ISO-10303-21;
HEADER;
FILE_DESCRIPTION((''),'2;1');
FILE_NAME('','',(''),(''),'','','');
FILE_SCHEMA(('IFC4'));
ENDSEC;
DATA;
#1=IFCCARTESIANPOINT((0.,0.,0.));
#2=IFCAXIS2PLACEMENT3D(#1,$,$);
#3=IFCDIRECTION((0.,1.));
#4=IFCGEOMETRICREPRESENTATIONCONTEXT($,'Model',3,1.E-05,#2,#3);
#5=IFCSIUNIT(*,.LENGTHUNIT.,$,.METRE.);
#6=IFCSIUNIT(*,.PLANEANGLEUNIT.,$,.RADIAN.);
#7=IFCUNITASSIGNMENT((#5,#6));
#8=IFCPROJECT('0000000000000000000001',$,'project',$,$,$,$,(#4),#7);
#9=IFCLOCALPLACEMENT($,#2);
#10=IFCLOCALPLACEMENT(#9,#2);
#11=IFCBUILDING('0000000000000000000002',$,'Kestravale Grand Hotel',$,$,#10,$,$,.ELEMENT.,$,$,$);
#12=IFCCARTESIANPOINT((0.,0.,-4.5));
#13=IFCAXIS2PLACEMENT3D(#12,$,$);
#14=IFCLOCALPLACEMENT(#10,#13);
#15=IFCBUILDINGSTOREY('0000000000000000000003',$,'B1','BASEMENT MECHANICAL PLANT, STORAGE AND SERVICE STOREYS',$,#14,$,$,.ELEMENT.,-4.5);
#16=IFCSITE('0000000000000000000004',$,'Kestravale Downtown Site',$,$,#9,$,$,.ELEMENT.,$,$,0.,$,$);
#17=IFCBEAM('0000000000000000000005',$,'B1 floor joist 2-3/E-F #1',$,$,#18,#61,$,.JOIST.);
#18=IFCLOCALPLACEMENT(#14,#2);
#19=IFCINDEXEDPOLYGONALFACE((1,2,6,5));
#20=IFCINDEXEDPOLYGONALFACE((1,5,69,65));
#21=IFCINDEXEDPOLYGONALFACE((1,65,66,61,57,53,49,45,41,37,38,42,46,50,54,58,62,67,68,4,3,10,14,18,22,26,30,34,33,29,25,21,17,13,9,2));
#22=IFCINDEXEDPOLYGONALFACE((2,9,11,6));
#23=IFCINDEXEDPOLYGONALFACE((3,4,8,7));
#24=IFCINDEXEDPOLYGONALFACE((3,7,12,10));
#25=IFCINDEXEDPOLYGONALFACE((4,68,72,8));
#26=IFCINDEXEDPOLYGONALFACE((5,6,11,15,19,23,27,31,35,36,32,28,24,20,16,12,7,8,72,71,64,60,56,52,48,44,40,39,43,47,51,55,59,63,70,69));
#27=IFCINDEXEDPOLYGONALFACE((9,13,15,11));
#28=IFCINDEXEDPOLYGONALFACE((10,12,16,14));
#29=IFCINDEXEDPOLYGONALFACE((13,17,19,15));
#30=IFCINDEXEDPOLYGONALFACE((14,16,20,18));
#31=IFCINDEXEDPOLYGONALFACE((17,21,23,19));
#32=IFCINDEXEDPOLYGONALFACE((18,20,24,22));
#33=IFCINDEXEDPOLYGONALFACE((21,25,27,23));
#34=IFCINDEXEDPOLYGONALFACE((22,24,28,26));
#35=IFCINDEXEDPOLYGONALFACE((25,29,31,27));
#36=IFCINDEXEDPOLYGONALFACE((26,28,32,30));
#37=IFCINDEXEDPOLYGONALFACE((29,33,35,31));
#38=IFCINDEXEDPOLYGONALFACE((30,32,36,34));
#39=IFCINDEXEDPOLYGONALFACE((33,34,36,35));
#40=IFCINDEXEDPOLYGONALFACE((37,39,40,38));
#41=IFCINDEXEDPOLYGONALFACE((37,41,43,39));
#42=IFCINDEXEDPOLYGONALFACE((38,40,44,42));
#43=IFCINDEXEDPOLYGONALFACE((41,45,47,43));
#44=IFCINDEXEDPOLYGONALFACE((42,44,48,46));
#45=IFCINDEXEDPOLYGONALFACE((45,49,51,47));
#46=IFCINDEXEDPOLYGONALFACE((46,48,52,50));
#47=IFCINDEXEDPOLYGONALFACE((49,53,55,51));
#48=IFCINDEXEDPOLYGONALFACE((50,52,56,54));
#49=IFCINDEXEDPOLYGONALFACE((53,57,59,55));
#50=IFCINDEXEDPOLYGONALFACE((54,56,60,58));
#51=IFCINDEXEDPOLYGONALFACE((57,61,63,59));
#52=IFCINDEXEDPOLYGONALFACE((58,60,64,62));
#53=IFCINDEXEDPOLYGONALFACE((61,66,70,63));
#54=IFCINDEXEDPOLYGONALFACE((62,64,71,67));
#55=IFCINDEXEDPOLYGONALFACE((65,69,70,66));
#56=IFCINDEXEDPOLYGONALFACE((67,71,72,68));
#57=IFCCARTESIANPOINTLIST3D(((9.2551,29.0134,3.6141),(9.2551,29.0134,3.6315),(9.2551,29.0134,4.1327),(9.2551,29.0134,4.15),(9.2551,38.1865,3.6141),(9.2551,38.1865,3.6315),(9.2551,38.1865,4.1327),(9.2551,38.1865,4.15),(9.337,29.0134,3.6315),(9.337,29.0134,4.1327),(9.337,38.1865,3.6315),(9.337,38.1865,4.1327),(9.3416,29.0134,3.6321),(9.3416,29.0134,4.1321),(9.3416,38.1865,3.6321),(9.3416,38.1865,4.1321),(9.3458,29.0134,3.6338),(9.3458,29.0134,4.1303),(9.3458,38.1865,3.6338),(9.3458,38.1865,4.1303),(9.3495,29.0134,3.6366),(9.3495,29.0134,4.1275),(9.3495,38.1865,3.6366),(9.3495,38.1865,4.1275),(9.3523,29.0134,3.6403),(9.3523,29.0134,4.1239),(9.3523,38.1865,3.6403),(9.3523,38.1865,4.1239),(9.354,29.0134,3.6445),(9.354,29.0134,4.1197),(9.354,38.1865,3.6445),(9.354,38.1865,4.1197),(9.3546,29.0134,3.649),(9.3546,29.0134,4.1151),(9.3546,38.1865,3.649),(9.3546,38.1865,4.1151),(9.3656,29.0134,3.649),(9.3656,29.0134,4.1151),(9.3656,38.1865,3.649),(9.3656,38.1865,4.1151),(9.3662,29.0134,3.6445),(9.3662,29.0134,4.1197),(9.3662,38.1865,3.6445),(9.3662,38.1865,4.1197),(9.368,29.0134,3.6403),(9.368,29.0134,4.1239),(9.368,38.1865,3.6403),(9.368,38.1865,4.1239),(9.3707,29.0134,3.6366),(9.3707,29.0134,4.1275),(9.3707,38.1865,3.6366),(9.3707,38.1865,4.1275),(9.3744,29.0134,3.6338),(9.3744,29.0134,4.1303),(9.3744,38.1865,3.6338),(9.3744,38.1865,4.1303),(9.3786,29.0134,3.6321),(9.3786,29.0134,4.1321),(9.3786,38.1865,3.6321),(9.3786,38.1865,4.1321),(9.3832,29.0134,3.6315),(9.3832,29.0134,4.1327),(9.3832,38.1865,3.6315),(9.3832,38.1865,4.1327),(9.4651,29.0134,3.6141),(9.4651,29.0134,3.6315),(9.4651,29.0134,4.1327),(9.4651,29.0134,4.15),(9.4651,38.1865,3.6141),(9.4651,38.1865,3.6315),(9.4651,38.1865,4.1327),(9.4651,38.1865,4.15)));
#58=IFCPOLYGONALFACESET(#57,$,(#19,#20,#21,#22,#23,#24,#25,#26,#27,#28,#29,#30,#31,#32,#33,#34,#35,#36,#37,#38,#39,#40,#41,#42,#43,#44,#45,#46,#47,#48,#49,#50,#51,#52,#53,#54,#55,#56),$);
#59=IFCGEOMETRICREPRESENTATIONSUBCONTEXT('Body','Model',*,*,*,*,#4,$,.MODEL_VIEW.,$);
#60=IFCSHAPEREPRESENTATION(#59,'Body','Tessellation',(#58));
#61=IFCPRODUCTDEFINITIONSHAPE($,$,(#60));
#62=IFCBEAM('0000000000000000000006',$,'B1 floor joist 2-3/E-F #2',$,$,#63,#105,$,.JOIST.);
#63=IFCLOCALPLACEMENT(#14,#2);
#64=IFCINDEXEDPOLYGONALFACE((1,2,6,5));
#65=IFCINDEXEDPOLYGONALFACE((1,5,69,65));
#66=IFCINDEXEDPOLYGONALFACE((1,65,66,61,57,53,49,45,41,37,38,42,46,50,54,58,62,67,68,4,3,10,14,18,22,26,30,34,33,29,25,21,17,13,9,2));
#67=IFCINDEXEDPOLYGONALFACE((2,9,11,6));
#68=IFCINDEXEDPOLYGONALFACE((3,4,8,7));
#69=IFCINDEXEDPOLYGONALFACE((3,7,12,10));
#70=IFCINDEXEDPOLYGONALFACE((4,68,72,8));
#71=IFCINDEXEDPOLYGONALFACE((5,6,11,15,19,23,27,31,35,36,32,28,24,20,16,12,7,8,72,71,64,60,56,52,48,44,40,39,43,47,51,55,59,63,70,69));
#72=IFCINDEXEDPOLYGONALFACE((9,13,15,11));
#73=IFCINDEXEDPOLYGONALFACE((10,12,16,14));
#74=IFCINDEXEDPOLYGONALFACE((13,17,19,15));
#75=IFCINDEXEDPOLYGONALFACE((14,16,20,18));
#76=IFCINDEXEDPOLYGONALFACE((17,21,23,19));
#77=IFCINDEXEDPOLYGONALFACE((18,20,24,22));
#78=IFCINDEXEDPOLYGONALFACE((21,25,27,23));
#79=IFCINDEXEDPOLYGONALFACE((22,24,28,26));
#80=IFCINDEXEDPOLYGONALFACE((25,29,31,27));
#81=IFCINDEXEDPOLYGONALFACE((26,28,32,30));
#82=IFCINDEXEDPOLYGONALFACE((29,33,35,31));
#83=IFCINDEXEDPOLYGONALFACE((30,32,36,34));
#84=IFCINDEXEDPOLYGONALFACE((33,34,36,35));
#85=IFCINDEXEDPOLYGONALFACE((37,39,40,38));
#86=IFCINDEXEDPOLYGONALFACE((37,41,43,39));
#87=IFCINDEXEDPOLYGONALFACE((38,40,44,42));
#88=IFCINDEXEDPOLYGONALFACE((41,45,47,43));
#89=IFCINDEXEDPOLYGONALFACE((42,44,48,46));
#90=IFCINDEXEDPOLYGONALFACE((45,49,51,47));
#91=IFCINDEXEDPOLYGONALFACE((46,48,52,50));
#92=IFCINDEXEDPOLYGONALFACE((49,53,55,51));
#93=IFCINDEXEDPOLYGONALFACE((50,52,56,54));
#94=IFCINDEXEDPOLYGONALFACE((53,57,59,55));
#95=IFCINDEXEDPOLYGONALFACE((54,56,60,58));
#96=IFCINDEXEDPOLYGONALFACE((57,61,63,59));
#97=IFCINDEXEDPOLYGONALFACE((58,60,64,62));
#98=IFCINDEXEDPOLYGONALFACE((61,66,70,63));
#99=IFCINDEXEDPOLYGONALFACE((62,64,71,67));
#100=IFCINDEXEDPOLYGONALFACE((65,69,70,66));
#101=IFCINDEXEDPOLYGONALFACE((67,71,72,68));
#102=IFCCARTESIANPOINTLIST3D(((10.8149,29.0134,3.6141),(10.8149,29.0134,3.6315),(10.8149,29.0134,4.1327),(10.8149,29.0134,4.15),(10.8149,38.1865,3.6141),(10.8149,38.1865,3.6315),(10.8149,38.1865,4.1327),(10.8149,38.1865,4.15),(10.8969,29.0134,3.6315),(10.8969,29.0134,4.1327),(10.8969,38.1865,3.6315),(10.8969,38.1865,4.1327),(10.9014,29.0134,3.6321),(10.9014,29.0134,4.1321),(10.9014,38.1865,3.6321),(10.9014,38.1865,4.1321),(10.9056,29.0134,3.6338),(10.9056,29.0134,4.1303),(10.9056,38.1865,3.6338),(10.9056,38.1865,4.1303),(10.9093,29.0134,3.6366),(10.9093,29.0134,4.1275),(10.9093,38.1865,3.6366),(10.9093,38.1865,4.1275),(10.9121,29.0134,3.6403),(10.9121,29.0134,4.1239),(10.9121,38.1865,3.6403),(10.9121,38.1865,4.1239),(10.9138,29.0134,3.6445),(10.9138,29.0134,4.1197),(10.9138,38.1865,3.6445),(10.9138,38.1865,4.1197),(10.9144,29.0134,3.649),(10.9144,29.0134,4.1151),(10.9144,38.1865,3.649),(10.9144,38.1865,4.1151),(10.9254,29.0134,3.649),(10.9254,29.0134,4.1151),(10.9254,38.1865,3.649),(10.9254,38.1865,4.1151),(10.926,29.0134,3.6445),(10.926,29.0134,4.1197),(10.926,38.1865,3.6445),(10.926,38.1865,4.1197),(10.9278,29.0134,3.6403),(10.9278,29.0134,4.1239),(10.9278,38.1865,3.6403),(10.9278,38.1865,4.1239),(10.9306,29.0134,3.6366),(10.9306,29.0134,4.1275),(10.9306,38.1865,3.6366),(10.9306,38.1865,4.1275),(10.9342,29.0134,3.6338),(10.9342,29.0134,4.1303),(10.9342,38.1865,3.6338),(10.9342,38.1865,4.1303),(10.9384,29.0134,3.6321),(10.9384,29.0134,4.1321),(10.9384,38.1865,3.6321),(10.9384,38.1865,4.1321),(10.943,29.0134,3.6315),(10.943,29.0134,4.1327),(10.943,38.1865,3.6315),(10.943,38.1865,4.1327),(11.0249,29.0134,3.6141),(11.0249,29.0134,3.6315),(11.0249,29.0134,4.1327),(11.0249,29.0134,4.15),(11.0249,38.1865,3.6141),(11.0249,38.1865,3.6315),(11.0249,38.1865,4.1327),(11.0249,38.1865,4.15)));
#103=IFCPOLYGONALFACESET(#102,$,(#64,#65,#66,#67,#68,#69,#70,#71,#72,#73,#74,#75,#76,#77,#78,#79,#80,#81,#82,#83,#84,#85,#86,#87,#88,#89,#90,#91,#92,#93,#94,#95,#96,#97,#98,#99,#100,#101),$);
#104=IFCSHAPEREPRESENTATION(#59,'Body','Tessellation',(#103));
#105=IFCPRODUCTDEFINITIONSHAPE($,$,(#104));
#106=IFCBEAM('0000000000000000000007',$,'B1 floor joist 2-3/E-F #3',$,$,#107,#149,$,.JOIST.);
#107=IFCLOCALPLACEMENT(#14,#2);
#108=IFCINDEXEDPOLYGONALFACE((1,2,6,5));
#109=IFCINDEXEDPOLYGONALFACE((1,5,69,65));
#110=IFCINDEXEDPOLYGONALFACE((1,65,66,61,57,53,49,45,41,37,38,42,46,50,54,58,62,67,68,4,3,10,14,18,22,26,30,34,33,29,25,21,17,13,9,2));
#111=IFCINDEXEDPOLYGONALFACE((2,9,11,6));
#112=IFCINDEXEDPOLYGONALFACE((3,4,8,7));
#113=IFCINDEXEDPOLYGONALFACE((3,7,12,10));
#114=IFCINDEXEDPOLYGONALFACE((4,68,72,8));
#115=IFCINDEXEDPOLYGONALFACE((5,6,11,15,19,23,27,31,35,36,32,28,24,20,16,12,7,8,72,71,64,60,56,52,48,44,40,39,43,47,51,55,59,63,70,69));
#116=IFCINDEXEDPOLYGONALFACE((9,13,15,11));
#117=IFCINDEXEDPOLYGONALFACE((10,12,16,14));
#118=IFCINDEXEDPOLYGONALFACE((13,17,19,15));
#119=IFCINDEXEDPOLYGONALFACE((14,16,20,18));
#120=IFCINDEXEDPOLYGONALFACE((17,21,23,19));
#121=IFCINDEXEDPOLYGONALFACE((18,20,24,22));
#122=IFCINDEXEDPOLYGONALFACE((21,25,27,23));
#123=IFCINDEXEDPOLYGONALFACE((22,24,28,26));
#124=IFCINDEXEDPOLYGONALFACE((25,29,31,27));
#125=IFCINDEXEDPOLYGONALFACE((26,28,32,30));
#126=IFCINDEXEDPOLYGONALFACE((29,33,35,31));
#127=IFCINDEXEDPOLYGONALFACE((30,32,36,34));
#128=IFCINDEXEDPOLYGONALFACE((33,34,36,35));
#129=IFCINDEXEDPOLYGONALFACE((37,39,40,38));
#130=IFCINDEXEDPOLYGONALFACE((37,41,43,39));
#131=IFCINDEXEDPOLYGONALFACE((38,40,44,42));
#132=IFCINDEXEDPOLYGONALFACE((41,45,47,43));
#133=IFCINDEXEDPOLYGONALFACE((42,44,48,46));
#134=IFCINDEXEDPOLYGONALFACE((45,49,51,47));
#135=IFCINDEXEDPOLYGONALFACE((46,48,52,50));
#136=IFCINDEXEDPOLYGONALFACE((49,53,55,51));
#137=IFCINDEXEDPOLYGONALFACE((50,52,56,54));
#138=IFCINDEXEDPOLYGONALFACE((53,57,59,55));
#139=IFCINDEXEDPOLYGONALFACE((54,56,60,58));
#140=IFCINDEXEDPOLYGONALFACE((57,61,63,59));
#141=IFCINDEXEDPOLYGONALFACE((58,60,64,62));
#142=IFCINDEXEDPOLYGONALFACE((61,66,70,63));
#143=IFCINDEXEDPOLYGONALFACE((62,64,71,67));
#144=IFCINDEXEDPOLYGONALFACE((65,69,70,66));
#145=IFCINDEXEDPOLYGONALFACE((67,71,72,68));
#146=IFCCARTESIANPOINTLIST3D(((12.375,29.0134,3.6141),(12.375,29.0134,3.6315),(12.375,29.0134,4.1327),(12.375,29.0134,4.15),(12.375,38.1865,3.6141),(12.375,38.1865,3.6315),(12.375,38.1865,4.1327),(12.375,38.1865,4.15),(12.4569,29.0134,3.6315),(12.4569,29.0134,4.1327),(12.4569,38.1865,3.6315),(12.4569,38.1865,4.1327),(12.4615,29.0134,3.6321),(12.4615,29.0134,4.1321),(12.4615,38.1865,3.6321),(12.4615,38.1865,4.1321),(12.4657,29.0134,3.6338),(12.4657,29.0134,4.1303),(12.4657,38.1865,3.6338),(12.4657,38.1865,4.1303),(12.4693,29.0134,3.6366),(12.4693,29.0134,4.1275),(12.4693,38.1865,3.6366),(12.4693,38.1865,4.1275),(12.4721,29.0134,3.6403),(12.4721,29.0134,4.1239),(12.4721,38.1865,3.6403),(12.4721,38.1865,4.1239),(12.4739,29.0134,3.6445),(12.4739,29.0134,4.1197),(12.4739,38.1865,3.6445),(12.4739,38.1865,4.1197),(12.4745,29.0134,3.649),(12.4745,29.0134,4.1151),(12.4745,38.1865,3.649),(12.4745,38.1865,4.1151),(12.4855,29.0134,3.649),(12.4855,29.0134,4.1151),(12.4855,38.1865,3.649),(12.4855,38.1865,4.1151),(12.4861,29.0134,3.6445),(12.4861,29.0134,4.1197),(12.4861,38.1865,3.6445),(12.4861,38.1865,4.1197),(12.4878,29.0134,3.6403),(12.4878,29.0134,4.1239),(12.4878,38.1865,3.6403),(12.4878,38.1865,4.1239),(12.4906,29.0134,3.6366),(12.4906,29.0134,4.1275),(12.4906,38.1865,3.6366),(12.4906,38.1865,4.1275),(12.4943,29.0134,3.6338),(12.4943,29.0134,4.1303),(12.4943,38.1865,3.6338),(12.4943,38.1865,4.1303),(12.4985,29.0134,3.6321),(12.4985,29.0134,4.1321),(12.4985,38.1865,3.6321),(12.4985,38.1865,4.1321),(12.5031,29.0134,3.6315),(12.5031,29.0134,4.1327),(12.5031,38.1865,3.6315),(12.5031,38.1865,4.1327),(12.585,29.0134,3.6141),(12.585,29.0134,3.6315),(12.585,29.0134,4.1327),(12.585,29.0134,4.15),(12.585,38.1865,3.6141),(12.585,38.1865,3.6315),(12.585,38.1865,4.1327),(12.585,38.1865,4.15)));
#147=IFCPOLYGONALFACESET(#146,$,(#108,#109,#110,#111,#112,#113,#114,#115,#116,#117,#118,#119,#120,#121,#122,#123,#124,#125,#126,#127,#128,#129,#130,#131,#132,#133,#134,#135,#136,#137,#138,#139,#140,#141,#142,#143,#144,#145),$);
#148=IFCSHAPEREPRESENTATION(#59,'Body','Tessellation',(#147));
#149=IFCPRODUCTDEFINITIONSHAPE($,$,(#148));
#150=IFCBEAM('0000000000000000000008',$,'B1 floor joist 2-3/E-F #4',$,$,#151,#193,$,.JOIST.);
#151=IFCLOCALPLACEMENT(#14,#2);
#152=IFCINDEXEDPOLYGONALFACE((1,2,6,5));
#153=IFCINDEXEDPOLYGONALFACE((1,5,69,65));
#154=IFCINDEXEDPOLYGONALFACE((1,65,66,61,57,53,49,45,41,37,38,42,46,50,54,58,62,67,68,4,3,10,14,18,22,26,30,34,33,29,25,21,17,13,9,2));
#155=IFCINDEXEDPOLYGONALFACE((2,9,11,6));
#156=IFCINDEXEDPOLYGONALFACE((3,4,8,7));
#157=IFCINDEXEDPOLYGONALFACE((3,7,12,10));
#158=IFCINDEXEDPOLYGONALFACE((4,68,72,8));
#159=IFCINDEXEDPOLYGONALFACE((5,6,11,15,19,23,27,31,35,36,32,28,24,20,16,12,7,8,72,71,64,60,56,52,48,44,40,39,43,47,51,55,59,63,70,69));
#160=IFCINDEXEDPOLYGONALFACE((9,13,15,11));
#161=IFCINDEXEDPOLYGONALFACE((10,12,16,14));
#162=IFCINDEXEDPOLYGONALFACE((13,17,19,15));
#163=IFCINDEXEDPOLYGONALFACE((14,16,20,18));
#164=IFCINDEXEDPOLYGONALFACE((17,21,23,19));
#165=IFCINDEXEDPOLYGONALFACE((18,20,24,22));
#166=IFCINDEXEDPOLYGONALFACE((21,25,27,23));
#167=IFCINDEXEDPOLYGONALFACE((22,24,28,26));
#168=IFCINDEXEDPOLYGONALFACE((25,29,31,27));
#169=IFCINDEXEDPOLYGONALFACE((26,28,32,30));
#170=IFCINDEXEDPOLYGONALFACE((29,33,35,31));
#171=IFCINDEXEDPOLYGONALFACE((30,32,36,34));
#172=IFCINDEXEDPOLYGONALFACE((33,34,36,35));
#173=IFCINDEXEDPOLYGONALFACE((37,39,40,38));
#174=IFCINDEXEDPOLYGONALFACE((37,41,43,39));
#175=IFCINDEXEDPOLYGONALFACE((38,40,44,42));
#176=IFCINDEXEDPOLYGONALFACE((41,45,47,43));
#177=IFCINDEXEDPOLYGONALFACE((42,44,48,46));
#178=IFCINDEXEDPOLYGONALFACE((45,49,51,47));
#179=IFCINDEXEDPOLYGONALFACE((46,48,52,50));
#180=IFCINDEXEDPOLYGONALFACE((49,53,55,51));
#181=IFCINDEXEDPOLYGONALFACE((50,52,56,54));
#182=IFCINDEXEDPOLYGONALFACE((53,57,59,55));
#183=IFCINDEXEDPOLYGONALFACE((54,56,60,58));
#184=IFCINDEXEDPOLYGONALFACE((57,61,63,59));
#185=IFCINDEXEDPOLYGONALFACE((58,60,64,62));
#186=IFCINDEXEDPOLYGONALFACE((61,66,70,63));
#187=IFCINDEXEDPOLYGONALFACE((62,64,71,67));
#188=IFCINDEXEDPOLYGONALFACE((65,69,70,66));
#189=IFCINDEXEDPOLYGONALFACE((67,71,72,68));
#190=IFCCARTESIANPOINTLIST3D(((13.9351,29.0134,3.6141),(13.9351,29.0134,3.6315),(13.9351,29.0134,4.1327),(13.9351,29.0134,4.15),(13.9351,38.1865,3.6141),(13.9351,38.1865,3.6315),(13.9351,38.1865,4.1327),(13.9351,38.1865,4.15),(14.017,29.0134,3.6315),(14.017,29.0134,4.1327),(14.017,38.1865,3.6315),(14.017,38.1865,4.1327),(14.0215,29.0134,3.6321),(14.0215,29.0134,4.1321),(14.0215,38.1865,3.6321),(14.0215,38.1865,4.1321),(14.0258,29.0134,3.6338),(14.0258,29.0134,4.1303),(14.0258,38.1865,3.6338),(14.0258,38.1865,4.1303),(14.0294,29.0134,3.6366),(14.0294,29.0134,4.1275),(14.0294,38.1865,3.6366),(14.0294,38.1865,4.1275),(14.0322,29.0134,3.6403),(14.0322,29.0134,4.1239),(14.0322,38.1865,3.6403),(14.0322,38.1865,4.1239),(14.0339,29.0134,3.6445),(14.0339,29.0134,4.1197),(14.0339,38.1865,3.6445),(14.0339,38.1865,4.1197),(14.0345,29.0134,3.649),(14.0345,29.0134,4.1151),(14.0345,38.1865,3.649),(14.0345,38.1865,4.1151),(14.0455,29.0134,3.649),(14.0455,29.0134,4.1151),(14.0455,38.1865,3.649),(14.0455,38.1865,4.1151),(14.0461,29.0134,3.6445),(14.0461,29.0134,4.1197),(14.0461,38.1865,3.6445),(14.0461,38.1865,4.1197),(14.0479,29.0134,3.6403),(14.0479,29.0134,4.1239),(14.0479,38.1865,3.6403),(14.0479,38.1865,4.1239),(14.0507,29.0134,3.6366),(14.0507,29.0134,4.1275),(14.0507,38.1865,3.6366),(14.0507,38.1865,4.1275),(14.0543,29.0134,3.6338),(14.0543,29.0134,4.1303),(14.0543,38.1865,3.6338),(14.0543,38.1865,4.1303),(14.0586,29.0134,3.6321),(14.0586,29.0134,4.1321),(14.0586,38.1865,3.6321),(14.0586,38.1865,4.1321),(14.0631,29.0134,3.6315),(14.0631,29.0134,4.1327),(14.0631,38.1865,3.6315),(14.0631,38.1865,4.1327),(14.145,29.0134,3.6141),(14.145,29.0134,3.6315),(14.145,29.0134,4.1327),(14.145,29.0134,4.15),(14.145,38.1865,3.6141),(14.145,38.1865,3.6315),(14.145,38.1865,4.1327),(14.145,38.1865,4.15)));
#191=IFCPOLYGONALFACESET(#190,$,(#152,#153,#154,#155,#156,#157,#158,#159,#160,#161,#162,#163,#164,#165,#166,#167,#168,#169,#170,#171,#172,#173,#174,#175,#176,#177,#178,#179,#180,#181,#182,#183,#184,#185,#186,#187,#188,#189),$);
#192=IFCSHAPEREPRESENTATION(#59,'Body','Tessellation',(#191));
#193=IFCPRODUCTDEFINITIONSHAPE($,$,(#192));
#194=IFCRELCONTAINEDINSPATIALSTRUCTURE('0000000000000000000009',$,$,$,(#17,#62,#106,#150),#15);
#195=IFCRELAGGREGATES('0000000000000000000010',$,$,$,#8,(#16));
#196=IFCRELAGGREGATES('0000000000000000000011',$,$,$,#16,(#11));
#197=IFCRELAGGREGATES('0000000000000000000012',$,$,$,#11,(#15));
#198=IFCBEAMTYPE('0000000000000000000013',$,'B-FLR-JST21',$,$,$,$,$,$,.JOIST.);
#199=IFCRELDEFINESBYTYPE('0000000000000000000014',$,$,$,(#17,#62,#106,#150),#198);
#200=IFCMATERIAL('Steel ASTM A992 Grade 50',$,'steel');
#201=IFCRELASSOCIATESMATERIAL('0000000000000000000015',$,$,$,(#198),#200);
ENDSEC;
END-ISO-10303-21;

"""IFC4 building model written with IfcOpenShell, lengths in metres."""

from ifc_helpers import new_model, si_unit, direction, frame, origin, origin_2d, place, context, subcontext, project, spatial, i_section, extrude, material, material_profile, profile_set, type_object, element, save


model = new_model("IFC4")

# Units and contexts
model_context = context("Model", 3, precision=1e-05, world=origin(), true_north=direction((0.0, 1.0)))
body_context = subcontext(model_context, "Body", "Model", "MODEL_VIEW")
ifc_project = project(units=[si_unit("LENGTHUNIT", "METRE"), si_unit("PLANEANGLEUNIT", "RADIAN")], contexts=[model_context])

# Site, building, storey
site_placement = place(None, origin())
site = spatial("IfcSite", under=ifc_project, at=site_placement, Name="Kestravale Downtown Site", CompositionType="ELEMENT", RefElevation=0.0)
building_placement = place(site_placement, origin())
building = spatial("IfcBuilding", under=site, at=building_placement, Name="Kestravale Grand Hotel", CompositionType="ELEMENT")
storey_placement = place(building_placement, frame((0.0, 0.0, -4.5)))
storey = spatial("IfcBuildingStorey", under=building, at=storey_placement, Name="B1", Description="BASEMENT MECHANICAL PLANT, STORAGE AND SERVICE STOREYS", CompositionType="ELEMENT", Elevation=-4.5)

# Beams
ifc_material_1 = material(Name="Steel ASTM A992 Grade 50", Category="steel")
ifc_material_profile_1 = material_profile(ifc_material_1, i_section(OverallWidth=0.21, OverallDepth=0.5359, WebThickness=0.011, FlangeThickness=0.0173, FilletRadius=0.0176, at=origin_2d()))
ifc_profile_set_1 = profile_set([ifc_material_profile_1], Name="Steel ASTM A992 Grade 50")
beam_type_1 = type_object("IfcBeamType", Name="B-FLR-JST21", PredefinedType="JOIST", material=ifc_profile_set_1)
for number, where, z_axis, x_axis, name in (
    (1, (9.3601, 29.0134, 3.8821), (0.0, 1.0, 0.0), (-1.0, 0.0, 0.0), "B1 floor joist 2-3/E-F #1"),
    (2, (10.9199, 29.0134, 3.8821), (0.0, 1.0, 0.0), (-1.0, 0.0, 0.0), "B1 floor joist 2-3/E-F #2"),
    (3, (12.48, 29.0134, 3.8821), (0.0, 1.0, 0.0), (-1.0, 0.0, 0.0), "B1 floor joist 2-3/E-F #3"),
    (4, (14.04, 29.0134, 3.8821), (0.0, 1.0, 0.0), (-1.0, 0.0, 0.0), "B1 floor joist 2-3/E-F #4"),
):
    element("IfcBeam", number, at=place(storey_placement, frame(where, z_axis=z_axis, x_axis=x_axis)), inside=storey, type_object=beam_type_1, Name=name, PredefinedType="JOIST", context=body_context, shape_type="SweptSolid", body=[
        extrude(i_section(OverallWidth=0.21, OverallDepth=0.5359, WebThickness=0.011, FlangeThickness=0.0173, FilletRadius=0.0176, at=origin_2d()), origin(), (0.0, 0.0, 1.0), 9.1731),
    ])

save(model, "model.ifc")
